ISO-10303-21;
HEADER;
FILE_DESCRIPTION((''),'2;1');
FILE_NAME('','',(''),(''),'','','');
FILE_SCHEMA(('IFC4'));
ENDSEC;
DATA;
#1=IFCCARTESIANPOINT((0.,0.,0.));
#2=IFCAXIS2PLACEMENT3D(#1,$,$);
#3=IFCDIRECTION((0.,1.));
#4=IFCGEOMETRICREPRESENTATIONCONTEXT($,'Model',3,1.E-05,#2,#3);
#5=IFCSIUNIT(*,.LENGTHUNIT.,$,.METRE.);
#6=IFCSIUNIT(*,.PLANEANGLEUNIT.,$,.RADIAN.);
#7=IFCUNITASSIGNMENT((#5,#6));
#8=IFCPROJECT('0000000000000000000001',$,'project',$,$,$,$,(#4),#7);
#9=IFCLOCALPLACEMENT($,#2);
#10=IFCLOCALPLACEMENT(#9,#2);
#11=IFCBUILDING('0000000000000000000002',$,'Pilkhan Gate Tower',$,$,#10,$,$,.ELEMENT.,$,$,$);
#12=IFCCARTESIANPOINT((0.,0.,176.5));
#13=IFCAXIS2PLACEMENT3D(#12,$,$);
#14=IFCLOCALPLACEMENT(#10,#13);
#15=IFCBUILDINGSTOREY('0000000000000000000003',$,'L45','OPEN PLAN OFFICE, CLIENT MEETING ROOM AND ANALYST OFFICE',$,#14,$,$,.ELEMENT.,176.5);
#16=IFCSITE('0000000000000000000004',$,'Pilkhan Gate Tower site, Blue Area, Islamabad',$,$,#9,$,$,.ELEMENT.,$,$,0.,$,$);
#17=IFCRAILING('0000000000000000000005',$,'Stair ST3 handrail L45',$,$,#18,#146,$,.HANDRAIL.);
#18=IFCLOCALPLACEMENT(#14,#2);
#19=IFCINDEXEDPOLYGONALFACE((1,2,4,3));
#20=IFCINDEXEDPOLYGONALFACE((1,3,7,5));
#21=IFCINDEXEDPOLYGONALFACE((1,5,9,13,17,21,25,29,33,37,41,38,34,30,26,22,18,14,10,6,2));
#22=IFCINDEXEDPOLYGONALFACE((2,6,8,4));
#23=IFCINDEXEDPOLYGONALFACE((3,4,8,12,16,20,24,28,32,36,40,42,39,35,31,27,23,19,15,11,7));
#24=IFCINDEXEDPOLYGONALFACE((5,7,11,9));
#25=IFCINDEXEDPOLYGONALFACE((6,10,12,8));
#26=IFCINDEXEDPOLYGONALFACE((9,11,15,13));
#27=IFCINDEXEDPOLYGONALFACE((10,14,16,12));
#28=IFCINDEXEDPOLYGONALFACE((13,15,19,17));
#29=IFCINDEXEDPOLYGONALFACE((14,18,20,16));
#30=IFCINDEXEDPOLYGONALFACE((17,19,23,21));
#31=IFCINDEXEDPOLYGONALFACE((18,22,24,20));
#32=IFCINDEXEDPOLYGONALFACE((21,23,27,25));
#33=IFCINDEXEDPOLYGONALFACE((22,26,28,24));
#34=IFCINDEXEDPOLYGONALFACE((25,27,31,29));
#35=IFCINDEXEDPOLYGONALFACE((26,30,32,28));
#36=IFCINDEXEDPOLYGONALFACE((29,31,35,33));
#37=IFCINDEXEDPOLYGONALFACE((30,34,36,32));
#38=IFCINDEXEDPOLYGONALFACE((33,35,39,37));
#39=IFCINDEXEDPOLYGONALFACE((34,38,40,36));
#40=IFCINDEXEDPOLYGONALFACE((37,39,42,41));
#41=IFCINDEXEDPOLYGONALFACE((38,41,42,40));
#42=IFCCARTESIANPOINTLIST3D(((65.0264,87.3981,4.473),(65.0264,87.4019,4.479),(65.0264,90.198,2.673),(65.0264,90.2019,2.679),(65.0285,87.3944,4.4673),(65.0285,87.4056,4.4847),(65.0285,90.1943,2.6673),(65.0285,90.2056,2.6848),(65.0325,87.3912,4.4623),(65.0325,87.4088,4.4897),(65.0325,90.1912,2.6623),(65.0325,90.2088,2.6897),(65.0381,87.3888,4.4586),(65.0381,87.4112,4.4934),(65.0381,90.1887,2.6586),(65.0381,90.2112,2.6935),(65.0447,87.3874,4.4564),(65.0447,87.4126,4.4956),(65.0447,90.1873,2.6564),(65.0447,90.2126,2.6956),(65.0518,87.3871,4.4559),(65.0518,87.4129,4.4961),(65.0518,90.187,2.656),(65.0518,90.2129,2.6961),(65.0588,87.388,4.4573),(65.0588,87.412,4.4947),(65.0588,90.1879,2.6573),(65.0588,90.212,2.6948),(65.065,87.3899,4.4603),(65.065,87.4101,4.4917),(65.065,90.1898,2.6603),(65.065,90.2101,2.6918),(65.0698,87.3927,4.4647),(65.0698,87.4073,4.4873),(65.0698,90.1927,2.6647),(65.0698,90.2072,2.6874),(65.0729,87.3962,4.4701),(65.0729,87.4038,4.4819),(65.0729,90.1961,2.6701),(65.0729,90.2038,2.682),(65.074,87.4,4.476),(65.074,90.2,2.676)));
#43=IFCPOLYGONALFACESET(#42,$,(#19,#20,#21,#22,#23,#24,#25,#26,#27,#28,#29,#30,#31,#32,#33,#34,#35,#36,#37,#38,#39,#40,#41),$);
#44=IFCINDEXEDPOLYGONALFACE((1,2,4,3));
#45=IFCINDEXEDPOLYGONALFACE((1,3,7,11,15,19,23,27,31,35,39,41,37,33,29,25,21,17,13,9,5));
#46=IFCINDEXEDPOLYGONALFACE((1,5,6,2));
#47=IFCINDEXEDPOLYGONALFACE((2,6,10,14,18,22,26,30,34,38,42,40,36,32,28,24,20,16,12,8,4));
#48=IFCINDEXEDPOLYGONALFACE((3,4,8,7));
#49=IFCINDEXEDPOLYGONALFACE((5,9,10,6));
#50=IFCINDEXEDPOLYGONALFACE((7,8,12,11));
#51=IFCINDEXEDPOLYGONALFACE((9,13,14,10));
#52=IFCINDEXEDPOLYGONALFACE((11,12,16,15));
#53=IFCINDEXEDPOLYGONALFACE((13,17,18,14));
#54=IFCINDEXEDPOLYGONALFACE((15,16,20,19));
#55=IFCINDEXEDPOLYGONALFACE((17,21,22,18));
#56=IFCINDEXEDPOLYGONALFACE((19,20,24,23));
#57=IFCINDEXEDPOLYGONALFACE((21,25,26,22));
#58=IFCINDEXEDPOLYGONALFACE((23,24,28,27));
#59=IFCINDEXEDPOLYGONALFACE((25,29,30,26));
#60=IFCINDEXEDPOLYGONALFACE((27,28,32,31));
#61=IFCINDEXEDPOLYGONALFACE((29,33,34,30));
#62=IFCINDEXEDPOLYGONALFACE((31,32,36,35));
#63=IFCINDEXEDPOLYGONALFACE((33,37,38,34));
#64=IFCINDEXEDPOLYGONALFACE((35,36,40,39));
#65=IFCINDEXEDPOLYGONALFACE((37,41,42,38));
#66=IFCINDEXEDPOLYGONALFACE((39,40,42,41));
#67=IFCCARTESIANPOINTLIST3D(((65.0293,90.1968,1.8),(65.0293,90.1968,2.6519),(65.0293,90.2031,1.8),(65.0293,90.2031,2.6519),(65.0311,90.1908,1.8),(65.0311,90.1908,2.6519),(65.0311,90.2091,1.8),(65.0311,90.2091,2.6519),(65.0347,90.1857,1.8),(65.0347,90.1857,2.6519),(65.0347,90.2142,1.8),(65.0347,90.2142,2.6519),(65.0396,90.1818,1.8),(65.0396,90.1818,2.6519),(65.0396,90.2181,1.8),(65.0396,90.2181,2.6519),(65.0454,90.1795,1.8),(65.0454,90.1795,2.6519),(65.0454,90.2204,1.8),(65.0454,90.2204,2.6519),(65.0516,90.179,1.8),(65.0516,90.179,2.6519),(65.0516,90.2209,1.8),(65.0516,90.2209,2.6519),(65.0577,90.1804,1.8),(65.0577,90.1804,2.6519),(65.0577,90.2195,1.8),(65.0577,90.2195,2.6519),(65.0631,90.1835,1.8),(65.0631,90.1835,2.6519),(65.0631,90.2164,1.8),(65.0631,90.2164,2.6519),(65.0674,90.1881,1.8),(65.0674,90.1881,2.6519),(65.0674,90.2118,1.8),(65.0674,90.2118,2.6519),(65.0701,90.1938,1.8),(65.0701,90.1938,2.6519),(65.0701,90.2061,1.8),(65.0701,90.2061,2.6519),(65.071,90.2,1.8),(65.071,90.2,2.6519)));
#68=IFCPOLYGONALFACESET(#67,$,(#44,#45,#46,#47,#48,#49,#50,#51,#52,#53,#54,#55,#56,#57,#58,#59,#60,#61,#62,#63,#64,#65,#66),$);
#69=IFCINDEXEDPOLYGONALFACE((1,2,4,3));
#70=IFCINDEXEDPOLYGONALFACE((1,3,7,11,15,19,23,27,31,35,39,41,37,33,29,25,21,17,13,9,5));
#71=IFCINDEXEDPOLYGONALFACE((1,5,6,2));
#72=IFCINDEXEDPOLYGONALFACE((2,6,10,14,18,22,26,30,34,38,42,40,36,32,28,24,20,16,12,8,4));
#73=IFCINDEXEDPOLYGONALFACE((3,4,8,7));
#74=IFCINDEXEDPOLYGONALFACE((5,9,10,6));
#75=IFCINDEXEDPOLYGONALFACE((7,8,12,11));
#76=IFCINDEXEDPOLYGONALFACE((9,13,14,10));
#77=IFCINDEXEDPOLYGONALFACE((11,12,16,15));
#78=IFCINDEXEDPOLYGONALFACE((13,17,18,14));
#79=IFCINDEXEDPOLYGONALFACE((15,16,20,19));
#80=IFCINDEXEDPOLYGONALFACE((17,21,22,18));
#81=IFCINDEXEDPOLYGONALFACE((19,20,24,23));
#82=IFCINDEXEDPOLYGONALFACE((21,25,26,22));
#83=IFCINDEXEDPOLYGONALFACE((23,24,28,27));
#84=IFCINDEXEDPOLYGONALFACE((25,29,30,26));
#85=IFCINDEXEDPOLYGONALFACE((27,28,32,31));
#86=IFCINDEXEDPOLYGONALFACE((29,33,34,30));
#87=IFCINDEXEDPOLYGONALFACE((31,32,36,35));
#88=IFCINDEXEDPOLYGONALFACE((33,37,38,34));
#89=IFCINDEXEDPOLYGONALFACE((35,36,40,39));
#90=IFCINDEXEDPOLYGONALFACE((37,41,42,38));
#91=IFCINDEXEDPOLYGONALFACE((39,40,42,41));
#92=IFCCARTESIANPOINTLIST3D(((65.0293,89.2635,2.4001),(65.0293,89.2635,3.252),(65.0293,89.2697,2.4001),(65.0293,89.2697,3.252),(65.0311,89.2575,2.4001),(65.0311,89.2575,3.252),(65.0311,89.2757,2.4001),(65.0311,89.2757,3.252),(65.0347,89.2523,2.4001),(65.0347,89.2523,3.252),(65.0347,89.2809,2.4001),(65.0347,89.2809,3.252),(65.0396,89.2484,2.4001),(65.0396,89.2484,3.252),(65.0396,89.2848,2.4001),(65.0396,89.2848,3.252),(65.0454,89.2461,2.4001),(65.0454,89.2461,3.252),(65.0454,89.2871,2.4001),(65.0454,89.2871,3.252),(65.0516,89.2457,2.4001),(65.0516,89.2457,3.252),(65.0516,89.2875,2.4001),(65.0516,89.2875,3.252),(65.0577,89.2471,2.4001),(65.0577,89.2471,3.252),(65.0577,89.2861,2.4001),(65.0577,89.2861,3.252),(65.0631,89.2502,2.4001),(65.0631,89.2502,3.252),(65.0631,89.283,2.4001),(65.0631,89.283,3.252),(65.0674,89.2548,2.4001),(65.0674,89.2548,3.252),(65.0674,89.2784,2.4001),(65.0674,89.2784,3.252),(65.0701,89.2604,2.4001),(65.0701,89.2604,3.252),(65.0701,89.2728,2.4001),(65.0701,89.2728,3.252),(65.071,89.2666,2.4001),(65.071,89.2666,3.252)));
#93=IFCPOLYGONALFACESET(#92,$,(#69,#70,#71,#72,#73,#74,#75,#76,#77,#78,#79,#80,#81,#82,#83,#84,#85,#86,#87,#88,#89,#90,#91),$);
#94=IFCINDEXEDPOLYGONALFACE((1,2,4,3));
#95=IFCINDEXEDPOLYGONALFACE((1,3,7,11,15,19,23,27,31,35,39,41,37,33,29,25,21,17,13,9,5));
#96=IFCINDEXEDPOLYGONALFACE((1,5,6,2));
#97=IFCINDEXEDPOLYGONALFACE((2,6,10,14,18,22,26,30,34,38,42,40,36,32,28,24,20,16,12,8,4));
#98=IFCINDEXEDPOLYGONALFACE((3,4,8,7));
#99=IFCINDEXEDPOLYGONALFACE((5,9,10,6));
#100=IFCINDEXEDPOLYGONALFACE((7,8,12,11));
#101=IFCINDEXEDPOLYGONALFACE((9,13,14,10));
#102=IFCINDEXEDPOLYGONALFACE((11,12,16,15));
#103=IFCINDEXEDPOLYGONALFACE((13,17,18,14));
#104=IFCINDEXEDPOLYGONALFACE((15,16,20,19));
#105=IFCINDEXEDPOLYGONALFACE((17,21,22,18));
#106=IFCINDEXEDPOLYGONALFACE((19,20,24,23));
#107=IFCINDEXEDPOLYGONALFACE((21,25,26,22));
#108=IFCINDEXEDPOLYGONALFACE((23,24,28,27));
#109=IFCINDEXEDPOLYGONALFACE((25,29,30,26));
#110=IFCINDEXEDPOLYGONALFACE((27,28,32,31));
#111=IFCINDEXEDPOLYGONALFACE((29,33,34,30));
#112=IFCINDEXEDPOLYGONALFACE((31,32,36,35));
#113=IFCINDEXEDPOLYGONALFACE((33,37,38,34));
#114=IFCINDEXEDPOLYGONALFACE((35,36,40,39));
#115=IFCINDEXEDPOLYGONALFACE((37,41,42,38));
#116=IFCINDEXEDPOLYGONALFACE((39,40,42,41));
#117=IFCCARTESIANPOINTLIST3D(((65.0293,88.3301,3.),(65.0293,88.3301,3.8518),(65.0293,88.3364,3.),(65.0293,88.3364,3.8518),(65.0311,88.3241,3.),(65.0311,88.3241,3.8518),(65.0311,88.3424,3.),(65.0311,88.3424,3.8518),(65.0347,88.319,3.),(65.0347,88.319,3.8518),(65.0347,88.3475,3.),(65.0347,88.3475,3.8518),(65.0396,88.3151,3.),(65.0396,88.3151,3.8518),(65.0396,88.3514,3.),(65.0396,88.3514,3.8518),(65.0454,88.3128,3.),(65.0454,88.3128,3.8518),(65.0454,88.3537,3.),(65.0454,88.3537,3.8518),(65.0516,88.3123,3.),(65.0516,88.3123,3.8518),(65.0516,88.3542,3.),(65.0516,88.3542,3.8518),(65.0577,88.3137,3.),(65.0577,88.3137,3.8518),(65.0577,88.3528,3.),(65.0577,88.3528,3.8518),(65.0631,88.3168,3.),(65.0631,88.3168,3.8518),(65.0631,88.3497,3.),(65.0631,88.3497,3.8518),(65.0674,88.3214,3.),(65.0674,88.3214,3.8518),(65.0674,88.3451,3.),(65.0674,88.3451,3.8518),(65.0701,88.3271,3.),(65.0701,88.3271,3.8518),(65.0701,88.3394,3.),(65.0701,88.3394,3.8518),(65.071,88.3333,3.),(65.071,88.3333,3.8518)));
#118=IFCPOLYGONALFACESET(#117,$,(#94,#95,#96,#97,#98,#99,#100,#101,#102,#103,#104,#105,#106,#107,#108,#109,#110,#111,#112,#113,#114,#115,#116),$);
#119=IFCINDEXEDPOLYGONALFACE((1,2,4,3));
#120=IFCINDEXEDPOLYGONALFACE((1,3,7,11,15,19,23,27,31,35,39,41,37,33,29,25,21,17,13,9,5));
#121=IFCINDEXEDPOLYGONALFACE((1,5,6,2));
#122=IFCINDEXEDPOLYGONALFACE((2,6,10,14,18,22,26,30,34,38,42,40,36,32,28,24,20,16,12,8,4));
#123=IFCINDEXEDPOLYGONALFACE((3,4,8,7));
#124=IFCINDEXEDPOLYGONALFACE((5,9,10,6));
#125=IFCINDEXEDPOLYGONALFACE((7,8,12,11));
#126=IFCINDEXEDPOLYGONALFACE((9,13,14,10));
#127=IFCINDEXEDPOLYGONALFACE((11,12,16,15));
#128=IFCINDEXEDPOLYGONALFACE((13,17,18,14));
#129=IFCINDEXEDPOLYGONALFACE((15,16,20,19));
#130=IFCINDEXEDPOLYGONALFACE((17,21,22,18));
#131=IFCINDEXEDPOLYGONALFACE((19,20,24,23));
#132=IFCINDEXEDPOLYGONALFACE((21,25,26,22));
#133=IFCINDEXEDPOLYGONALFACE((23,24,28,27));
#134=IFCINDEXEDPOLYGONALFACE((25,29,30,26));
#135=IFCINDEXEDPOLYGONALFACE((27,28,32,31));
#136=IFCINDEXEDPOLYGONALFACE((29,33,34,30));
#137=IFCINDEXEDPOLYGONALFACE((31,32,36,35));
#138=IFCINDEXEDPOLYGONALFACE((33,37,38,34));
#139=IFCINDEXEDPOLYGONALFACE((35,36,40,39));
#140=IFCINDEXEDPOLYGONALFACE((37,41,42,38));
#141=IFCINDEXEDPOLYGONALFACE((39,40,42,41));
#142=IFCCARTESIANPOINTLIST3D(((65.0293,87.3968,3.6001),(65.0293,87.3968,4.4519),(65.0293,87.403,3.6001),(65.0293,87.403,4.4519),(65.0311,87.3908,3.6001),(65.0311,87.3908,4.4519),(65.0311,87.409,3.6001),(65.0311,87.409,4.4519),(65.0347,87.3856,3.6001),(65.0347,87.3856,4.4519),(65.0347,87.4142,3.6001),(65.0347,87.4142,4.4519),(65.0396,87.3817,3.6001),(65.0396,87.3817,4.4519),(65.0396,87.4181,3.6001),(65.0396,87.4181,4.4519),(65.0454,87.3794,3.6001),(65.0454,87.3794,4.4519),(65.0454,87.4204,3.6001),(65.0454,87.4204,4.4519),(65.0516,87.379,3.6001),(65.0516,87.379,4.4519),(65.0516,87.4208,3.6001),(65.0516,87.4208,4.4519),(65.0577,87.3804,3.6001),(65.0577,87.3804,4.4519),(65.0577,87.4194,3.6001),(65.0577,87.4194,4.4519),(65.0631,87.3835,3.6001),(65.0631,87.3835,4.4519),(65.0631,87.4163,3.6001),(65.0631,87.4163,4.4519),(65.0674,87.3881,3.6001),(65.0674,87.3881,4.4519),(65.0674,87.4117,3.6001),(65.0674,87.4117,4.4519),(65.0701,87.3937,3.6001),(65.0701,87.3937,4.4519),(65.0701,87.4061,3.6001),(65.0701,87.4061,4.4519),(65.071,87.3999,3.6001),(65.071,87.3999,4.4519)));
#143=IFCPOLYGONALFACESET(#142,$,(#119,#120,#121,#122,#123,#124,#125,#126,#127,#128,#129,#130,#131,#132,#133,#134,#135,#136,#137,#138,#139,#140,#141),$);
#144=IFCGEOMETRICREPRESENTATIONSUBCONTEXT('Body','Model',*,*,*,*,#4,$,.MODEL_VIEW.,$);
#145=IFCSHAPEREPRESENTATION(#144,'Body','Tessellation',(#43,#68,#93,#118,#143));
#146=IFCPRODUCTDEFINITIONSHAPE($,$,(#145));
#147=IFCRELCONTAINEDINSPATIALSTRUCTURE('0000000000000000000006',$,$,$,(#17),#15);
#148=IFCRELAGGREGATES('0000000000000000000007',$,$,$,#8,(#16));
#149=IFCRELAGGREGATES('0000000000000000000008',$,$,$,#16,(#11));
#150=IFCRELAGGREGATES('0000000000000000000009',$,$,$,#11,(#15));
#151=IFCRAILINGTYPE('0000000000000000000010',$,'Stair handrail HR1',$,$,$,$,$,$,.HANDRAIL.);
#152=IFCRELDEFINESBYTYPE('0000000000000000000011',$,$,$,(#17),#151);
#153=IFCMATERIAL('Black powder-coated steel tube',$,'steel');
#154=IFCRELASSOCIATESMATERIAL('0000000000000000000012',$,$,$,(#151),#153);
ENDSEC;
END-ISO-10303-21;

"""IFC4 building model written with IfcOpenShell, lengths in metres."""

from ifc_helpers import new_model, si_unit, direction, frame, origin, origin_2d, place, context, subcontext, project, spatial, circle, extrude, material, type_object, element, save


model = new_model("IFC4")

# Units and contexts
model_context = context("Model", 3, precision=1e-05, world=origin(), true_north=direction((0.0, 1.0)))
body_context = subcontext(model_context, "Body", "Model", "MODEL_VIEW")
ifc_project = project(units=[si_unit("LENGTHUNIT", "METRE"), si_unit("PLANEANGLEUNIT", "RADIAN")], contexts=[model_context])

# Site, building, storey
site_placement = place(None, origin())
site = spatial("IfcSite", under=ifc_project, at=site_placement, Name="Pilkhan Gate Tower site, Blue Area, Islamabad", CompositionType="ELEMENT", RefElevation=0.0)
building_placement = place(site_placement, origin())
building = spatial("IfcBuilding", under=site, at=building_placement, Name="Pilkhan Gate Tower", CompositionType="ELEMENT")
storey_placement = place(building_placement, frame((0.0, 0.0, 176.5)))
storey = spatial("IfcBuildingStorey", under=building, at=storey_placement, Name="L45", Description="OPEN PLAN OFFICE, CLIENT MEETING ROOM AND ANALYST OFFICE", CompositionType="ELEMENT", Elevation=176.5)

# Railing
ifc_material_1 = material(Name="Black powder-coated steel tube", Category="steel")
railing_type_1 = type_object("IfcRailingType", Name="Stair handrail HR1", PredefinedType="HANDRAIL", material=ifc_material_1)
railing_1_placement = place(storey_placement, frame((65.05, 90.2, 1.8)))
element("IfcRailing", 1, at=railing_1_placement, inside=storey, type_object=railing_type_1, Name="Stair ST3 handrail L45", PredefinedType="HANDRAIL", context=body_context, shape_type="SweptSolid", body=[
    extrude(circle(Radius=0.0239, at=origin_2d()), frame((0.0, 0.0, 0.876), z_axis=(0.0, -0.841176, 0.540761), x_axis=(1.0, 0.0, 0.0)), (0.0, 0.0, 1.0), 3.3286),
    extrude(circle(Radius=0.021, at=origin_2d()), origin(), (0.0, 0.0, 1.0), 0.8518),
    extrude(circle(Radius=0.021, at=origin_2d()), frame((0.0, -0.9333, 0.6001)), (0.0, 0.0, 1.0), 0.8518),
    extrude(circle(Radius=0.021, at=origin_2d()), frame((0.0, -1.8667, 1.2)), (0.0, 0.0, 1.0), 0.8518),
    extrude(circle(Radius=0.021, at=origin_2d()), frame((0.0, -2.8, 1.8)), (0.0, 0.0, 1.0), 0.8518),
])

save(model, "model.ifc")
